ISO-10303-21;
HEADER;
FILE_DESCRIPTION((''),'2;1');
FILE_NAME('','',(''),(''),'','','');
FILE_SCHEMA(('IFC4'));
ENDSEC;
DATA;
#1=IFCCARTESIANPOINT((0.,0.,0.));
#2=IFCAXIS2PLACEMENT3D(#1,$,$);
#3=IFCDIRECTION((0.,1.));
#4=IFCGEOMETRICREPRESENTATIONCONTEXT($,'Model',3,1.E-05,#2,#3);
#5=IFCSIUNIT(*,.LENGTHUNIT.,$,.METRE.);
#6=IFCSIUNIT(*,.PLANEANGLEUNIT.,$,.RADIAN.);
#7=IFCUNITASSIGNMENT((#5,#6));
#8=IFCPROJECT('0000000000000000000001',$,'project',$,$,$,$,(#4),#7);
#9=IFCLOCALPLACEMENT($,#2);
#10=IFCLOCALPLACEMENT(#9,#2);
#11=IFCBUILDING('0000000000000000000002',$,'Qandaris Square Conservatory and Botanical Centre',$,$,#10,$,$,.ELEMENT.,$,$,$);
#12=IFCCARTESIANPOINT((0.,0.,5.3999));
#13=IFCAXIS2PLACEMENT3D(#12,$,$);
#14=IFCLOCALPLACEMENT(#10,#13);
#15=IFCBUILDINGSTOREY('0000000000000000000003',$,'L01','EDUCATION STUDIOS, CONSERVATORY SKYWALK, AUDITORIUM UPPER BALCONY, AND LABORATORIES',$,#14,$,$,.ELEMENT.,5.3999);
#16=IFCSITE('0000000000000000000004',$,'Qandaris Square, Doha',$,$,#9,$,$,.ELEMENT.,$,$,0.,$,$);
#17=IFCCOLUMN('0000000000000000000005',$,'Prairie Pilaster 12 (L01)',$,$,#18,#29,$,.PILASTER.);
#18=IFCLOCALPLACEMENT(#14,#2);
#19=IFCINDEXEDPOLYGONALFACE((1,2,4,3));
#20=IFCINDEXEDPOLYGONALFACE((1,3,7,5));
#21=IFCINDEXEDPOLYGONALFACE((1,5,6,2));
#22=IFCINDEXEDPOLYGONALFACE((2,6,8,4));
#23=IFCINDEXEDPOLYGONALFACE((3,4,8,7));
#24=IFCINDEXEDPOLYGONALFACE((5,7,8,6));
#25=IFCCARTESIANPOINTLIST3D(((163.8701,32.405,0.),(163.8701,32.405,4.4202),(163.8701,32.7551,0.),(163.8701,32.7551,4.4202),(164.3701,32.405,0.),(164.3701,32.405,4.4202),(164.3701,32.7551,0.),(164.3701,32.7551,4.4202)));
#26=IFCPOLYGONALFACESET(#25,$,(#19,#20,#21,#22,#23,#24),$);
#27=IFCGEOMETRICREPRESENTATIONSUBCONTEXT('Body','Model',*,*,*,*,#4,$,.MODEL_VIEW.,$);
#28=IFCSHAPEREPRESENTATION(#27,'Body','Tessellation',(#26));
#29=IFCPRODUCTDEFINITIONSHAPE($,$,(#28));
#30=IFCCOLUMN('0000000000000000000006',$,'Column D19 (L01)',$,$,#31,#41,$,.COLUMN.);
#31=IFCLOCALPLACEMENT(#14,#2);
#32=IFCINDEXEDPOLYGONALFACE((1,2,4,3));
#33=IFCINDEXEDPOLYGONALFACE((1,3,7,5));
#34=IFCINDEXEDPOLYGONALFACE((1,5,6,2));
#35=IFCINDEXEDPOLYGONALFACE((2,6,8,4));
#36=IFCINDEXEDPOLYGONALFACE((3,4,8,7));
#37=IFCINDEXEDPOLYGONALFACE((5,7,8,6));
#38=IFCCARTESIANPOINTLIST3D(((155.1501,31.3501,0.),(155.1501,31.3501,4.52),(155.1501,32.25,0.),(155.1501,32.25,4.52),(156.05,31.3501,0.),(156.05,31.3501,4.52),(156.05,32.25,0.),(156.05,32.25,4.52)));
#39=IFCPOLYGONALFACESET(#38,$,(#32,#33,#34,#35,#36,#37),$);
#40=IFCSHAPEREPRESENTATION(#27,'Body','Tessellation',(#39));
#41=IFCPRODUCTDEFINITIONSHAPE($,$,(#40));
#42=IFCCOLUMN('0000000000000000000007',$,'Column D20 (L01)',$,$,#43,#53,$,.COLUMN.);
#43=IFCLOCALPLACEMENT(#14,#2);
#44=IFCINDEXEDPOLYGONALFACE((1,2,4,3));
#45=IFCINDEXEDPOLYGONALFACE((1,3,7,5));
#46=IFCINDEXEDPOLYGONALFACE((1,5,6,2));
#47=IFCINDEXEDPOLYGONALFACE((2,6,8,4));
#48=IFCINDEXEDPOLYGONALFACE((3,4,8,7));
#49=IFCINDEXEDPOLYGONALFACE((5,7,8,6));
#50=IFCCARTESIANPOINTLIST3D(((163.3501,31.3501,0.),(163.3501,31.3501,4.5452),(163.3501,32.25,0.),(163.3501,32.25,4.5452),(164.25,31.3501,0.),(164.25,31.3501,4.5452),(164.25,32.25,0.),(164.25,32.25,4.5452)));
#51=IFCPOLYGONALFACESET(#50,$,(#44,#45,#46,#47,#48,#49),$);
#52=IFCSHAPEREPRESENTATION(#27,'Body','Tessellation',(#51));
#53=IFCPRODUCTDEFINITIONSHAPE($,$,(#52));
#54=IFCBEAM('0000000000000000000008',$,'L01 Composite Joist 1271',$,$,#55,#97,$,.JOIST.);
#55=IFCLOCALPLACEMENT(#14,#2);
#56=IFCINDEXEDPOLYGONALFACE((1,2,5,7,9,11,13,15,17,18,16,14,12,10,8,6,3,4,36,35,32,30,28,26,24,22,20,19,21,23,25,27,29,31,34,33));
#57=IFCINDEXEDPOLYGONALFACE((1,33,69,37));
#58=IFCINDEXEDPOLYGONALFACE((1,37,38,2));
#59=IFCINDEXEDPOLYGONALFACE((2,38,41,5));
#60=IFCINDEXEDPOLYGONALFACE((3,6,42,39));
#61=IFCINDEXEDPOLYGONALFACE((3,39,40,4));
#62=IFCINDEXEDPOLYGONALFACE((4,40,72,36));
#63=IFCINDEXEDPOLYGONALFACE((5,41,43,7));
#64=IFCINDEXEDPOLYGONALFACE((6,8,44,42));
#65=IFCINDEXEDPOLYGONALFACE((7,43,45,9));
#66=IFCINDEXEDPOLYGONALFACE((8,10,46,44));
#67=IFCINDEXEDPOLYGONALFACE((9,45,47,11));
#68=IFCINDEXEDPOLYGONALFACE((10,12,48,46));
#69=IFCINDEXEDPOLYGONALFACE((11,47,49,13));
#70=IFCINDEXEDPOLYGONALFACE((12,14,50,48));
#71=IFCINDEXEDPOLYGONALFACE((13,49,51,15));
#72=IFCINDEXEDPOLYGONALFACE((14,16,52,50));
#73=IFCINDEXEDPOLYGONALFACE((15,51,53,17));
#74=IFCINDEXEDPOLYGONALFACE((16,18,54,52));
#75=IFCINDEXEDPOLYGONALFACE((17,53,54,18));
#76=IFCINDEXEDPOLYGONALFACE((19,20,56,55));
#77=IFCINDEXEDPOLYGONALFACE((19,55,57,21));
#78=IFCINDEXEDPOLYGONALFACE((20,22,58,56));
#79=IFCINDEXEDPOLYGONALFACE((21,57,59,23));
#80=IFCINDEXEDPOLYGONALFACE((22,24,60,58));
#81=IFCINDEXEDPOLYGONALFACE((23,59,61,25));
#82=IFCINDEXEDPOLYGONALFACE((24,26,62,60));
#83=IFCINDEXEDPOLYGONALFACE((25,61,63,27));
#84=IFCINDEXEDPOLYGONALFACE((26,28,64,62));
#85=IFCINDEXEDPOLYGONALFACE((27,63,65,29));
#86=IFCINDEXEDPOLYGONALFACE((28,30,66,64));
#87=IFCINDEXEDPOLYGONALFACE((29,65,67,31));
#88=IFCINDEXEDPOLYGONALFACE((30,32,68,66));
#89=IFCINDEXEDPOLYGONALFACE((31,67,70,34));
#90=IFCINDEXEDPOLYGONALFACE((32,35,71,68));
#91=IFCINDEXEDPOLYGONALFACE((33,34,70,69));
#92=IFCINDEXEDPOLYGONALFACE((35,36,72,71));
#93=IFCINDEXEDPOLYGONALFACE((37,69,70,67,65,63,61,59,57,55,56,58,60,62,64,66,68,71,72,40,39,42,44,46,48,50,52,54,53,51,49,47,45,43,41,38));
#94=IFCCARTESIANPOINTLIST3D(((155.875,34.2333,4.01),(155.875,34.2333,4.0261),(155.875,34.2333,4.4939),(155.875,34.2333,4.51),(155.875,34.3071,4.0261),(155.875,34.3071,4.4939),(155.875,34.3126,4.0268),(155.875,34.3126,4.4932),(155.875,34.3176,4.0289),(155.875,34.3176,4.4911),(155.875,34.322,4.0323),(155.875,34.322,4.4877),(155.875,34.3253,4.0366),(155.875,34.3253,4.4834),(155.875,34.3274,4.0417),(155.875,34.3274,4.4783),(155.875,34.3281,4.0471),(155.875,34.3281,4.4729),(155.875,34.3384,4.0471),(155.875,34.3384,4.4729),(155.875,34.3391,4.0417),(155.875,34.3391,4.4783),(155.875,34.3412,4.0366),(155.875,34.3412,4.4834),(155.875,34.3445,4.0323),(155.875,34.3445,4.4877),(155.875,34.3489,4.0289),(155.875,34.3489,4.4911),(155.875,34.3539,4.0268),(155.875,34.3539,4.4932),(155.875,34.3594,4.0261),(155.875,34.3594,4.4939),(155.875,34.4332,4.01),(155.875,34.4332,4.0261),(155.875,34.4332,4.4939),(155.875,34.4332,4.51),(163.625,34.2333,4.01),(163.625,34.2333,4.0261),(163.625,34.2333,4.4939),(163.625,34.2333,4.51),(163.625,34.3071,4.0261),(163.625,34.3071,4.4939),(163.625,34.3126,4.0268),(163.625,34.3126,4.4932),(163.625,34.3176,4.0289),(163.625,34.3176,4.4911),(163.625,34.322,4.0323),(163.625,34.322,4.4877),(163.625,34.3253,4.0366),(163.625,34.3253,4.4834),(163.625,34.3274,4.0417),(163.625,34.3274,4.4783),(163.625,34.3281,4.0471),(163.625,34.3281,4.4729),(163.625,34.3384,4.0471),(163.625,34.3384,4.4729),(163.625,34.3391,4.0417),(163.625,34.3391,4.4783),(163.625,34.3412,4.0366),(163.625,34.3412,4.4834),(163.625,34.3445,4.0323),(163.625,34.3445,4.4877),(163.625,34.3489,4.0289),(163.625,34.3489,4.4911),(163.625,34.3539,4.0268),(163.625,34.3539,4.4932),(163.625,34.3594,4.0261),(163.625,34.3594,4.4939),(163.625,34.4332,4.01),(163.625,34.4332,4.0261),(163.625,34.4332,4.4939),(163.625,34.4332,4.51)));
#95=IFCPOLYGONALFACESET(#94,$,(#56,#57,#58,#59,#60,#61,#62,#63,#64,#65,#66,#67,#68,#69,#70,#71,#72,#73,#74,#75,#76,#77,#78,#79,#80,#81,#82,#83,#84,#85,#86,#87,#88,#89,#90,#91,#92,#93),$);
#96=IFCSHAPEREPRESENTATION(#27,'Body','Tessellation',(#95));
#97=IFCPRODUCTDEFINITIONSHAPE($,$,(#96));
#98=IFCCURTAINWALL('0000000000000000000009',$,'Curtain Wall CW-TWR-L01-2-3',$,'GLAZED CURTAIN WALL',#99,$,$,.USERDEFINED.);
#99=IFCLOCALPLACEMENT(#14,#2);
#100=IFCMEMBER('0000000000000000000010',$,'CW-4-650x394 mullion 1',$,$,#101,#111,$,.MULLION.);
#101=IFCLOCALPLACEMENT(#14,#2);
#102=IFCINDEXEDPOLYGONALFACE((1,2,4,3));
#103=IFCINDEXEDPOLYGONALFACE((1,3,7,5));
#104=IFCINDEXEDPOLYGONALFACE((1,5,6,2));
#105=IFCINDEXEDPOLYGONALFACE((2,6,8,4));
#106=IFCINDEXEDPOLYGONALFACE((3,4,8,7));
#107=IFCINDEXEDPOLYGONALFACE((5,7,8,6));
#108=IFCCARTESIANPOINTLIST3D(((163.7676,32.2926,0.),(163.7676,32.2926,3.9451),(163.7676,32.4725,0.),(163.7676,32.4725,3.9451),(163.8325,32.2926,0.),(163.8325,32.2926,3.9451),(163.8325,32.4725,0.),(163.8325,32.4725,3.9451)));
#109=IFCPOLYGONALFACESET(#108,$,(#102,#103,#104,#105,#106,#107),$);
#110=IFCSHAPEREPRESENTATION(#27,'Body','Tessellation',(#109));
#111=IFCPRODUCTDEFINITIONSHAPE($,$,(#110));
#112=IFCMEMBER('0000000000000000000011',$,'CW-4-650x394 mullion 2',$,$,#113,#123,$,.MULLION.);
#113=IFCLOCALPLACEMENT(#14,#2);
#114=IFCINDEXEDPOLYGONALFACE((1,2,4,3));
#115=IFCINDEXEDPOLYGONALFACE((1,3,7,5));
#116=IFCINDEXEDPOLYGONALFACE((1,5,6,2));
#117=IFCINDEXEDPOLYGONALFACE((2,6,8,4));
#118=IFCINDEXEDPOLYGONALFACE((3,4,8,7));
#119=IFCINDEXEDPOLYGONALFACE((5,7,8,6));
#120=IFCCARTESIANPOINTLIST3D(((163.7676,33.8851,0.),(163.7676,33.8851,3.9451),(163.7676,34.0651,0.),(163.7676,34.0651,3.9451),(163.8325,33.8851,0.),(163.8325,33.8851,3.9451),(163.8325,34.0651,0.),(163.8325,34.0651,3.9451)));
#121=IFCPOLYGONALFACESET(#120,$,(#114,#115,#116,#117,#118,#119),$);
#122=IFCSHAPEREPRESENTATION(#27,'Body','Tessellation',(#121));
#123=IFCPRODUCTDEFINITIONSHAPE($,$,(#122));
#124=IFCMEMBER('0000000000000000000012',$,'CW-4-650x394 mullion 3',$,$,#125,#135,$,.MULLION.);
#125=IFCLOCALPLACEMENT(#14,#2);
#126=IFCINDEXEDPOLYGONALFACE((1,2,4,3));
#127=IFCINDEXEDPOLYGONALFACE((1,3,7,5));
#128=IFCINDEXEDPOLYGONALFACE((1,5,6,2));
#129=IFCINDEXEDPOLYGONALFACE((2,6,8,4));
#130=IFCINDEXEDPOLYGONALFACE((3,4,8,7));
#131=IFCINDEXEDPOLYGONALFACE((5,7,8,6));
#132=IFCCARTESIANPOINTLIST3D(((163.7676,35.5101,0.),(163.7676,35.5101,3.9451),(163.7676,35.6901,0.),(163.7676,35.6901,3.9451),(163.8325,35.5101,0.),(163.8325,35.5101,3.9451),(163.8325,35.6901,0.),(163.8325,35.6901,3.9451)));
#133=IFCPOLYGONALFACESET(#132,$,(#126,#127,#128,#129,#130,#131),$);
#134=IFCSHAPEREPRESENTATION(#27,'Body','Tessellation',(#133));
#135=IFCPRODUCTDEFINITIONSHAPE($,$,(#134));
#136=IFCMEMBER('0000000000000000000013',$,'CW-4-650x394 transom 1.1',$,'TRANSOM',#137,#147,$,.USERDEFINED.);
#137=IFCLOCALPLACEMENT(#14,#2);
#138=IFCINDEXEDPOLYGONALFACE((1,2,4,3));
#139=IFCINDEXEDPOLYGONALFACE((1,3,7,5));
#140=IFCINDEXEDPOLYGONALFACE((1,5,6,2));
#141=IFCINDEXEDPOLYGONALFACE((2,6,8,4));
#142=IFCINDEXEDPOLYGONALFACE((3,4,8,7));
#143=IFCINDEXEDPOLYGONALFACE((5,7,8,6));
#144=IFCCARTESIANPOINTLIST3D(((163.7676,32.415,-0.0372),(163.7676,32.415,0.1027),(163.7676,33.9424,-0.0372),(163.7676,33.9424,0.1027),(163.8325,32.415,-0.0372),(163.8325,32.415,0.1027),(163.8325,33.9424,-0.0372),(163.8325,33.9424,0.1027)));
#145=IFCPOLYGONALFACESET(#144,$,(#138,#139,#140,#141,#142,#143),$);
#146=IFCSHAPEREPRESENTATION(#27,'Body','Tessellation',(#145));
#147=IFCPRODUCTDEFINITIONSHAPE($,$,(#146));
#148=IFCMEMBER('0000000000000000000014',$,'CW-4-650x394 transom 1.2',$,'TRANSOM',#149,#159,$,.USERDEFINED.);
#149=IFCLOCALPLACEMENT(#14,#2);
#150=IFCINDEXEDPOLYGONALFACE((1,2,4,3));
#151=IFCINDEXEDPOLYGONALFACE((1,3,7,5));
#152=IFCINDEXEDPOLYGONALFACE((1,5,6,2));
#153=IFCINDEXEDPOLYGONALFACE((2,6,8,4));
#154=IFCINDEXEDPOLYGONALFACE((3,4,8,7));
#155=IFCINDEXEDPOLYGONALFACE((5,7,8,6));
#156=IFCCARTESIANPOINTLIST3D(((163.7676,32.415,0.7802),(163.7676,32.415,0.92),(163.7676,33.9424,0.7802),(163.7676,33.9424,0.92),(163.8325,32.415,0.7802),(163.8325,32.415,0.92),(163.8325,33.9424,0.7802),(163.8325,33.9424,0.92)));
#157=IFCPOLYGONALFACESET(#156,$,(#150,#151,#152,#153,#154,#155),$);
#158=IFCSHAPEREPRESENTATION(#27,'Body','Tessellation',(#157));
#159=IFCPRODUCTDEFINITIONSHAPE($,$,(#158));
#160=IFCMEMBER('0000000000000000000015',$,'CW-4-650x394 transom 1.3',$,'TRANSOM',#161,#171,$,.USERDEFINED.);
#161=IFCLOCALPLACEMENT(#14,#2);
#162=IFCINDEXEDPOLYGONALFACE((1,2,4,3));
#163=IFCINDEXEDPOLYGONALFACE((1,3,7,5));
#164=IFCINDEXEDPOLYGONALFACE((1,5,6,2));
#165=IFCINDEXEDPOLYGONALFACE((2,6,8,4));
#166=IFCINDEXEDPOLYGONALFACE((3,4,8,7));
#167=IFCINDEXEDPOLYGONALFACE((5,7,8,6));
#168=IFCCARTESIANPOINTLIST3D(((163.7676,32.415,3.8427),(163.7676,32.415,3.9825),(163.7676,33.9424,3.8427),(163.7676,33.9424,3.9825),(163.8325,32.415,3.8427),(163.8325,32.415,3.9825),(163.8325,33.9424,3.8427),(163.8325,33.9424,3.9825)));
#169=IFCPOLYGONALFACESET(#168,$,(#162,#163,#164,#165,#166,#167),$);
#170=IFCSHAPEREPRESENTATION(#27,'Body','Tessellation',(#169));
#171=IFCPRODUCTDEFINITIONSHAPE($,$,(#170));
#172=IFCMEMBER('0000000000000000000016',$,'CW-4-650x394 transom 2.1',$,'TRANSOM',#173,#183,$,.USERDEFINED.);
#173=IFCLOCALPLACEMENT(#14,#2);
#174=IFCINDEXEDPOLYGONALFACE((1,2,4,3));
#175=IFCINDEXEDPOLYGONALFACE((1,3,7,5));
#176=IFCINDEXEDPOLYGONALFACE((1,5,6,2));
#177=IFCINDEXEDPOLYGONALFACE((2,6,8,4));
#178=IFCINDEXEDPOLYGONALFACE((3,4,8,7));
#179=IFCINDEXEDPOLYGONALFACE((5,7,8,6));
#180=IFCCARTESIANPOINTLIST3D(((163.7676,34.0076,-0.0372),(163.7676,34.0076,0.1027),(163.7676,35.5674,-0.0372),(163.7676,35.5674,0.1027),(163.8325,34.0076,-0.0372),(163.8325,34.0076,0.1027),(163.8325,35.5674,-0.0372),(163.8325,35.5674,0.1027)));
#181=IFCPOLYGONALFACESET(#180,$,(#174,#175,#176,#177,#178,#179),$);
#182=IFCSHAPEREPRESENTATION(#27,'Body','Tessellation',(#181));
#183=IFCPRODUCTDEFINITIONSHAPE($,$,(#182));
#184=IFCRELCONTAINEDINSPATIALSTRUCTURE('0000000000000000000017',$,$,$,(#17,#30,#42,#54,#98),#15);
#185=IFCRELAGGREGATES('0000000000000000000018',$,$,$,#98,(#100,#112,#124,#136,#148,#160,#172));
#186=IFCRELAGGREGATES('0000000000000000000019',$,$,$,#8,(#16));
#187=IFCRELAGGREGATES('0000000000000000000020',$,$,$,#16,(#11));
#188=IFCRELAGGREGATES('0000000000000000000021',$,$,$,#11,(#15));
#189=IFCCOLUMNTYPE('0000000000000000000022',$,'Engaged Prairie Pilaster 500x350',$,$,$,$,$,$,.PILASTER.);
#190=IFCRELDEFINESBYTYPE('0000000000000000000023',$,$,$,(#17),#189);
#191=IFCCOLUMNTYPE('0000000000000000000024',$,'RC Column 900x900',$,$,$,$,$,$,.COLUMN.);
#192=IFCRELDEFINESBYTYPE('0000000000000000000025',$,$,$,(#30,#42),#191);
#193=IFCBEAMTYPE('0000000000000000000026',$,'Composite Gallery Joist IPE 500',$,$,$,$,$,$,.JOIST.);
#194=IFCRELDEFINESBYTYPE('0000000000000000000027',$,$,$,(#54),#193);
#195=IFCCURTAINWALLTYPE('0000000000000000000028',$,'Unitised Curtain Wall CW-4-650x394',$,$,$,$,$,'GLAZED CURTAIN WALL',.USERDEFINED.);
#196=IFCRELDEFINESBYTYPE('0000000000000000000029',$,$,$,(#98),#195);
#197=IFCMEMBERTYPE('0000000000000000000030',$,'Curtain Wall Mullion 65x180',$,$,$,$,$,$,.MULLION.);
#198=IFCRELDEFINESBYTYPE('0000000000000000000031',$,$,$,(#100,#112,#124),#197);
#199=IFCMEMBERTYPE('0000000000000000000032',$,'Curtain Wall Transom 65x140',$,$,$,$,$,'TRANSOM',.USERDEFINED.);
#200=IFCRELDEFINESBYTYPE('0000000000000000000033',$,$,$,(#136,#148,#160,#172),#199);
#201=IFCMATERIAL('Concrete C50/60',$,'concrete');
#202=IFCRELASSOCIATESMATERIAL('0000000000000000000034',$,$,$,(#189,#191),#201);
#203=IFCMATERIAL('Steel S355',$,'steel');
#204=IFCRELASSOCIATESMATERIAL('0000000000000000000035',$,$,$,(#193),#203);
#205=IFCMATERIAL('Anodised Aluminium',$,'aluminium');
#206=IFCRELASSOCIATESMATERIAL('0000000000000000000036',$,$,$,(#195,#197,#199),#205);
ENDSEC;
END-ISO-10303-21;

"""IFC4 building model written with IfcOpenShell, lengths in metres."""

from ifc_helpers import new_model, si_unit, direction, frame, origin, origin_2d, place, context, subcontext, project, spatial, rectangle, i_section, extrude, material, material_profile, profile_set, type_object, element, aggregate, save


model = new_model("IFC4")

# Units and contexts
model_context = context("Model", 3, precision=1e-05, world=origin(), true_north=direction((0.0, 1.0)))
body_context = subcontext(model_context, "Body", "Model", "MODEL_VIEW")
ifc_project = project(units=[si_unit("LENGTHUNIT", "METRE"), si_unit("PLANEANGLEUNIT", "RADIAN")], contexts=[model_context])

# Site, building, storey
site_placement = place(None, origin())
site = spatial("IfcSite", under=ifc_project, at=site_placement, Name="Qandaris Square, Doha", CompositionType="ELEMENT", RefElevation=0.0)
building_placement = place(site_placement, origin())
building = spatial("IfcBuilding", under=site, at=building_placement, Name="Qandaris Square Conservatory and Botanical Centre", CompositionType="ELEMENT")
storey_placement = place(building_placement, frame((0.0, 0.0, 5.3999)))
storey = spatial("IfcBuildingStorey", under=building, at=storey_placement, Name="L01", Description="EDUCATION STUDIOS, CONSERVATORY SKYWALK, AUDITORIUM UPPER BALCONY, AND LABORATORIES", CompositionType="ELEMENT", Elevation=5.3999)

# Columns
ifc_material_1 = material(Name="Concrete C50/60", Category="concrete")
ifc_material_profile_1 = material_profile(ifc_material_1, rectangle(XDim=0.5, YDim=0.3501, at=origin_2d()), Name="RC-PIL 500x350")
ifc_profile_set_1 = profile_set([ifc_material_profile_1], Name="Concrete C50/60")
column_type_1 = type_object("IfcColumnType", Name="Engaged Prairie Pilaster 500x350", PredefinedType="PILASTER", material=ifc_profile_set_1)
column_1_placement = place(storey_placement, frame((164.1201, 32.5801, 0.0), z_axis=(0.0, 0.0, 1.0), x_axis=(1.0, 0.0, 0.0)))
element("IfcColumn", 1, at=column_1_placement, inside=storey, type_object=column_type_1, Name="Prairie Pilaster 12 (L01)", PredefinedType="PILASTER", context=body_context, shape_type="SweptSolid", body=[
    extrude(rectangle(XDim=0.5, YDim=0.3501, at=origin_2d()), origin(), (0.0, 0.0, 1.0), 4.4202),
])
ifc_material_profile_2 = material_profile(ifc_material_1, rectangle(XDim=0.8999, YDim=0.8999, at=origin_2d()), Name="RC-COL 900x900")
ifc_profile_set_2 = profile_set([ifc_material_profile_2], Name="Concrete C50/60")
column_type_2 = type_object("IfcColumnType", Name="RC Column 900x900", PredefinedType="COLUMN", material=ifc_profile_set_2)
column_2_placement = place(storey_placement, frame((155.6001, 31.8, 0.0), z_axis=(0.0, 0.0, 1.0), x_axis=(1.0, 0.0, 0.0)))
element("IfcColumn", 2, at=column_2_placement, inside=storey, type_object=column_type_2, Name="Column D19 (L01)", PredefinedType="COLUMN", context=body_context, shape_type="SweptSolid", body=[
    extrude(rectangle(XDim=0.8999, YDim=0.8999, at=origin_2d()), origin(), (0.0, 0.0, 1.0), 4.52),
])
column_3_placement = place(storey_placement, frame((163.8, 31.8, 0.0), z_axis=(0.0, 0.0, 1.0), x_axis=(1.0, 0.0, 0.0)))
element("IfcColumn", 3, at=column_3_placement, inside=storey, type_object=column_type_2, Name="Column D20 (L01)", PredefinedType="COLUMN", context=body_context, shape_type="SweptSolid", body=[
    extrude(rectangle(XDim=0.8999, YDim=0.8999, at=origin_2d()), origin(), (0.0, 0.0, 1.0), 4.5452),
])

# Beam
ifc_material_2 = material(Name="Steel S355", Category="steel")
ifc_material_profile_3 = material_profile(ifc_material_2, i_section(OverallWidth=0.2, OverallDepth=0.5, WebThickness=0.0103, FlangeThickness=0.0161, FilletRadius=0.021, at=origin_2d()), Name="IPE 500")
ifc_profile_set_3 = profile_set([ifc_material_profile_3], Name="Steel S355")
beam_type_1 = type_object("IfcBeamType", Name="Composite Gallery Joist IPE 500", PredefinedType="JOIST", material=ifc_profile_set_3)
beam_1_placement = place(storey_placement, frame((155.875, 34.3333, 4.26), z_axis=(1.0, 0.0, 0.0), x_axis=(0.0, 1.0, 0.0)))
element("IfcBeam", 4, at=beam_1_placement, inside=storey, type_object=beam_type_1, Name="L01 Composite Joist 1271", PredefinedType="JOIST", context=body_context, shape_type="SweptSolid", body=[
    extrude(i_section(OverallWidth=0.2, OverallDepth=0.5, WebThickness=0.0103, FlangeThickness=0.0161, FilletRadius=0.021, at=origin_2d()), origin(), (0.0, 0.0, 1.0), 7.75),
])

# Curtain wall, members
ifc_material_3 = material(Name="Anodised Aluminium", Category="aluminium")
curtain_wall_type = type_object("IfcCurtainWallType", Name="Unitised Curtain Wall CW-4-650x394", ElementType="GLAZED CURTAIN WALL", PredefinedType="USERDEFINED", material=ifc_material_3)
curtain_wall_placement = place(storey_placement, origin())
curtain_wall = element("IfcCurtainWall", 5, at=curtain_wall_placement, inside=storey, type_object=curtain_wall_type, Name="Curtain Wall CW-TWR-L01-2-3", ObjectType="GLAZED CURTAIN WALL", PredefinedType="USERDEFINED")
ifc_material_profile_4 = material_profile(ifc_material_3, rectangle(XDim=0.0649, YDim=0.1799, at=origin_2d()), Name="ALU-MUL 65x180")
ifc_profile_set_4 = profile_set([ifc_material_profile_4], Name="Anodised Aluminium")
member_type_1 = type_object("IfcMemberType", Name="Curtain Wall Mullion 65x180", PredefinedType="MULLION", material=ifc_profile_set_4)
member_1_placement = place(storey_placement, frame((163.8, 32.3826, 0.0), z_axis=(0.0, 0.0, 1.0), x_axis=(-1.0, 0.0, 0.0)))
member_1 = element("IfcMember", 6, at=member_1_placement, type_object=member_type_1, Name="CW-4-650x394 mullion 1", PredefinedType="MULLION", context=body_context, shape_type="SweptSolid", body=[
    extrude(rectangle(XDim=0.0649, YDim=0.1799, at=origin_2d()), origin(), (0.0, 0.0, 1.0), 3.9451),
])
member_2_placement = place(storey_placement, frame((163.8, 33.9751, 0.0), z_axis=(0.0, 0.0, 1.0), x_axis=(-1.0, 0.0, 0.0)))
member_2 = element("IfcMember", 7, at=member_2_placement, type_object=member_type_1, Name="CW-4-650x394 mullion 2", PredefinedType="MULLION", context=body_context, shape_type="SweptSolid", body=[
    extrude(rectangle(XDim=0.0649, YDim=0.1799, at=origin_2d()), origin(), (0.0, 0.0, 1.0), 3.9451),
])
member_3_placement = place(storey_placement, frame((163.8, 35.6001, 0.0), z_axis=(0.0, 0.0, 1.0), x_axis=(-1.0, 0.0, 0.0)))
member_3 = element("IfcMember", 8, at=member_3_placement, type_object=member_type_1, Name="CW-4-650x394 mullion 3", PredefinedType="MULLION", context=body_context, shape_type="SweptSolid", body=[
    extrude(rectangle(XDim=0.0649, YDim=0.1799, at=origin_2d()), origin(), (0.0, 0.0, 1.0), 3.9451),
])
ifc_material_profile_5 = material_profile(ifc_material_3, rectangle(XDim=0.0649, YDim=0.1399, at=origin_2d()), Name="ALU-TRN 65x140")
ifc_profile_set_5 = profile_set([ifc_material_profile_5], Name="Anodised Aluminium")
member_type_2 = type_object("IfcMemberType", Name="Curtain Wall Transom 65x140", ElementType="TRANSOM", PredefinedType="USERDEFINED", material=ifc_profile_set_5)
member_4_placement = place(storey_placement, frame((163.8, 32.415, 0.0327), z_axis=(0.0, 1.0, 0.0), x_axis=(-1.0, 0.0, 0.0)))
member_4 = element("IfcMember", 9, at=member_4_placement, type_object=member_type_2, Name="CW-4-650x394 transom 1.1", ObjectType="TRANSOM", PredefinedType="USERDEFINED", context=body_context, shape_type="SweptSolid", body=[
    extrude(rectangle(XDim=0.0649, YDim=0.1399, at=origin_2d()), origin(), (0.0, 0.0, 1.0), 1.5273),
])
member_5_placement = place(storey_placement, frame((163.8, 32.415, 0.8501), z_axis=(0.0, 1.0, 0.0), x_axis=(-1.0, 0.0, 0.0)))
member_5 = element("IfcMember", 10, at=member_5_placement, type_object=member_type_2, Name="CW-4-650x394 transom 1.2", ObjectType="TRANSOM", PredefinedType="USERDEFINED", context=body_context, shape_type="SweptSolid", body=[
    extrude(rectangle(XDim=0.0649, YDim=0.1399, at=origin_2d()), origin(), (0.0, 0.0, 1.0), 1.5273),
])
member_6_placement = place(storey_placement, frame((163.8, 32.415, 3.9126), z_axis=(0.0, 1.0, 0.0), x_axis=(-1.0, 0.0, 0.0)))
member_6 = element("IfcMember", 11, at=member_6_placement, type_object=member_type_2, Name="CW-4-650x394 transom 1.3", ObjectType="TRANSOM", PredefinedType="USERDEFINED", context=body_context, shape_type="SweptSolid", body=[
    extrude(rectangle(XDim=0.0649, YDim=0.1399, at=origin_2d()), origin(), (0.0, 0.0, 1.0), 1.5273),
])
member_7_placement = place(storey_placement, frame((163.8, 34.0076, 0.0327), z_axis=(0.0, 1.0, 0.0), x_axis=(-1.0, 0.0, 0.0)))
member_7 = element("IfcMember", 12, at=member_7_placement, type_object=member_type_2, Name="CW-4-650x394 transom 2.1", ObjectType="TRANSOM", PredefinedType="USERDEFINED", context=body_context, shape_type="SweptSolid", body=[
    extrude(rectangle(XDim=0.0649, YDim=0.1399, at=origin_2d()), origin(), (0.0, 0.0, 1.0), 1.5598),
])

aggregate(curtain_wall, [member_1, member_2, member_3, member_4, member_5, member_6, member_7])

save(model, "model.ifc")
